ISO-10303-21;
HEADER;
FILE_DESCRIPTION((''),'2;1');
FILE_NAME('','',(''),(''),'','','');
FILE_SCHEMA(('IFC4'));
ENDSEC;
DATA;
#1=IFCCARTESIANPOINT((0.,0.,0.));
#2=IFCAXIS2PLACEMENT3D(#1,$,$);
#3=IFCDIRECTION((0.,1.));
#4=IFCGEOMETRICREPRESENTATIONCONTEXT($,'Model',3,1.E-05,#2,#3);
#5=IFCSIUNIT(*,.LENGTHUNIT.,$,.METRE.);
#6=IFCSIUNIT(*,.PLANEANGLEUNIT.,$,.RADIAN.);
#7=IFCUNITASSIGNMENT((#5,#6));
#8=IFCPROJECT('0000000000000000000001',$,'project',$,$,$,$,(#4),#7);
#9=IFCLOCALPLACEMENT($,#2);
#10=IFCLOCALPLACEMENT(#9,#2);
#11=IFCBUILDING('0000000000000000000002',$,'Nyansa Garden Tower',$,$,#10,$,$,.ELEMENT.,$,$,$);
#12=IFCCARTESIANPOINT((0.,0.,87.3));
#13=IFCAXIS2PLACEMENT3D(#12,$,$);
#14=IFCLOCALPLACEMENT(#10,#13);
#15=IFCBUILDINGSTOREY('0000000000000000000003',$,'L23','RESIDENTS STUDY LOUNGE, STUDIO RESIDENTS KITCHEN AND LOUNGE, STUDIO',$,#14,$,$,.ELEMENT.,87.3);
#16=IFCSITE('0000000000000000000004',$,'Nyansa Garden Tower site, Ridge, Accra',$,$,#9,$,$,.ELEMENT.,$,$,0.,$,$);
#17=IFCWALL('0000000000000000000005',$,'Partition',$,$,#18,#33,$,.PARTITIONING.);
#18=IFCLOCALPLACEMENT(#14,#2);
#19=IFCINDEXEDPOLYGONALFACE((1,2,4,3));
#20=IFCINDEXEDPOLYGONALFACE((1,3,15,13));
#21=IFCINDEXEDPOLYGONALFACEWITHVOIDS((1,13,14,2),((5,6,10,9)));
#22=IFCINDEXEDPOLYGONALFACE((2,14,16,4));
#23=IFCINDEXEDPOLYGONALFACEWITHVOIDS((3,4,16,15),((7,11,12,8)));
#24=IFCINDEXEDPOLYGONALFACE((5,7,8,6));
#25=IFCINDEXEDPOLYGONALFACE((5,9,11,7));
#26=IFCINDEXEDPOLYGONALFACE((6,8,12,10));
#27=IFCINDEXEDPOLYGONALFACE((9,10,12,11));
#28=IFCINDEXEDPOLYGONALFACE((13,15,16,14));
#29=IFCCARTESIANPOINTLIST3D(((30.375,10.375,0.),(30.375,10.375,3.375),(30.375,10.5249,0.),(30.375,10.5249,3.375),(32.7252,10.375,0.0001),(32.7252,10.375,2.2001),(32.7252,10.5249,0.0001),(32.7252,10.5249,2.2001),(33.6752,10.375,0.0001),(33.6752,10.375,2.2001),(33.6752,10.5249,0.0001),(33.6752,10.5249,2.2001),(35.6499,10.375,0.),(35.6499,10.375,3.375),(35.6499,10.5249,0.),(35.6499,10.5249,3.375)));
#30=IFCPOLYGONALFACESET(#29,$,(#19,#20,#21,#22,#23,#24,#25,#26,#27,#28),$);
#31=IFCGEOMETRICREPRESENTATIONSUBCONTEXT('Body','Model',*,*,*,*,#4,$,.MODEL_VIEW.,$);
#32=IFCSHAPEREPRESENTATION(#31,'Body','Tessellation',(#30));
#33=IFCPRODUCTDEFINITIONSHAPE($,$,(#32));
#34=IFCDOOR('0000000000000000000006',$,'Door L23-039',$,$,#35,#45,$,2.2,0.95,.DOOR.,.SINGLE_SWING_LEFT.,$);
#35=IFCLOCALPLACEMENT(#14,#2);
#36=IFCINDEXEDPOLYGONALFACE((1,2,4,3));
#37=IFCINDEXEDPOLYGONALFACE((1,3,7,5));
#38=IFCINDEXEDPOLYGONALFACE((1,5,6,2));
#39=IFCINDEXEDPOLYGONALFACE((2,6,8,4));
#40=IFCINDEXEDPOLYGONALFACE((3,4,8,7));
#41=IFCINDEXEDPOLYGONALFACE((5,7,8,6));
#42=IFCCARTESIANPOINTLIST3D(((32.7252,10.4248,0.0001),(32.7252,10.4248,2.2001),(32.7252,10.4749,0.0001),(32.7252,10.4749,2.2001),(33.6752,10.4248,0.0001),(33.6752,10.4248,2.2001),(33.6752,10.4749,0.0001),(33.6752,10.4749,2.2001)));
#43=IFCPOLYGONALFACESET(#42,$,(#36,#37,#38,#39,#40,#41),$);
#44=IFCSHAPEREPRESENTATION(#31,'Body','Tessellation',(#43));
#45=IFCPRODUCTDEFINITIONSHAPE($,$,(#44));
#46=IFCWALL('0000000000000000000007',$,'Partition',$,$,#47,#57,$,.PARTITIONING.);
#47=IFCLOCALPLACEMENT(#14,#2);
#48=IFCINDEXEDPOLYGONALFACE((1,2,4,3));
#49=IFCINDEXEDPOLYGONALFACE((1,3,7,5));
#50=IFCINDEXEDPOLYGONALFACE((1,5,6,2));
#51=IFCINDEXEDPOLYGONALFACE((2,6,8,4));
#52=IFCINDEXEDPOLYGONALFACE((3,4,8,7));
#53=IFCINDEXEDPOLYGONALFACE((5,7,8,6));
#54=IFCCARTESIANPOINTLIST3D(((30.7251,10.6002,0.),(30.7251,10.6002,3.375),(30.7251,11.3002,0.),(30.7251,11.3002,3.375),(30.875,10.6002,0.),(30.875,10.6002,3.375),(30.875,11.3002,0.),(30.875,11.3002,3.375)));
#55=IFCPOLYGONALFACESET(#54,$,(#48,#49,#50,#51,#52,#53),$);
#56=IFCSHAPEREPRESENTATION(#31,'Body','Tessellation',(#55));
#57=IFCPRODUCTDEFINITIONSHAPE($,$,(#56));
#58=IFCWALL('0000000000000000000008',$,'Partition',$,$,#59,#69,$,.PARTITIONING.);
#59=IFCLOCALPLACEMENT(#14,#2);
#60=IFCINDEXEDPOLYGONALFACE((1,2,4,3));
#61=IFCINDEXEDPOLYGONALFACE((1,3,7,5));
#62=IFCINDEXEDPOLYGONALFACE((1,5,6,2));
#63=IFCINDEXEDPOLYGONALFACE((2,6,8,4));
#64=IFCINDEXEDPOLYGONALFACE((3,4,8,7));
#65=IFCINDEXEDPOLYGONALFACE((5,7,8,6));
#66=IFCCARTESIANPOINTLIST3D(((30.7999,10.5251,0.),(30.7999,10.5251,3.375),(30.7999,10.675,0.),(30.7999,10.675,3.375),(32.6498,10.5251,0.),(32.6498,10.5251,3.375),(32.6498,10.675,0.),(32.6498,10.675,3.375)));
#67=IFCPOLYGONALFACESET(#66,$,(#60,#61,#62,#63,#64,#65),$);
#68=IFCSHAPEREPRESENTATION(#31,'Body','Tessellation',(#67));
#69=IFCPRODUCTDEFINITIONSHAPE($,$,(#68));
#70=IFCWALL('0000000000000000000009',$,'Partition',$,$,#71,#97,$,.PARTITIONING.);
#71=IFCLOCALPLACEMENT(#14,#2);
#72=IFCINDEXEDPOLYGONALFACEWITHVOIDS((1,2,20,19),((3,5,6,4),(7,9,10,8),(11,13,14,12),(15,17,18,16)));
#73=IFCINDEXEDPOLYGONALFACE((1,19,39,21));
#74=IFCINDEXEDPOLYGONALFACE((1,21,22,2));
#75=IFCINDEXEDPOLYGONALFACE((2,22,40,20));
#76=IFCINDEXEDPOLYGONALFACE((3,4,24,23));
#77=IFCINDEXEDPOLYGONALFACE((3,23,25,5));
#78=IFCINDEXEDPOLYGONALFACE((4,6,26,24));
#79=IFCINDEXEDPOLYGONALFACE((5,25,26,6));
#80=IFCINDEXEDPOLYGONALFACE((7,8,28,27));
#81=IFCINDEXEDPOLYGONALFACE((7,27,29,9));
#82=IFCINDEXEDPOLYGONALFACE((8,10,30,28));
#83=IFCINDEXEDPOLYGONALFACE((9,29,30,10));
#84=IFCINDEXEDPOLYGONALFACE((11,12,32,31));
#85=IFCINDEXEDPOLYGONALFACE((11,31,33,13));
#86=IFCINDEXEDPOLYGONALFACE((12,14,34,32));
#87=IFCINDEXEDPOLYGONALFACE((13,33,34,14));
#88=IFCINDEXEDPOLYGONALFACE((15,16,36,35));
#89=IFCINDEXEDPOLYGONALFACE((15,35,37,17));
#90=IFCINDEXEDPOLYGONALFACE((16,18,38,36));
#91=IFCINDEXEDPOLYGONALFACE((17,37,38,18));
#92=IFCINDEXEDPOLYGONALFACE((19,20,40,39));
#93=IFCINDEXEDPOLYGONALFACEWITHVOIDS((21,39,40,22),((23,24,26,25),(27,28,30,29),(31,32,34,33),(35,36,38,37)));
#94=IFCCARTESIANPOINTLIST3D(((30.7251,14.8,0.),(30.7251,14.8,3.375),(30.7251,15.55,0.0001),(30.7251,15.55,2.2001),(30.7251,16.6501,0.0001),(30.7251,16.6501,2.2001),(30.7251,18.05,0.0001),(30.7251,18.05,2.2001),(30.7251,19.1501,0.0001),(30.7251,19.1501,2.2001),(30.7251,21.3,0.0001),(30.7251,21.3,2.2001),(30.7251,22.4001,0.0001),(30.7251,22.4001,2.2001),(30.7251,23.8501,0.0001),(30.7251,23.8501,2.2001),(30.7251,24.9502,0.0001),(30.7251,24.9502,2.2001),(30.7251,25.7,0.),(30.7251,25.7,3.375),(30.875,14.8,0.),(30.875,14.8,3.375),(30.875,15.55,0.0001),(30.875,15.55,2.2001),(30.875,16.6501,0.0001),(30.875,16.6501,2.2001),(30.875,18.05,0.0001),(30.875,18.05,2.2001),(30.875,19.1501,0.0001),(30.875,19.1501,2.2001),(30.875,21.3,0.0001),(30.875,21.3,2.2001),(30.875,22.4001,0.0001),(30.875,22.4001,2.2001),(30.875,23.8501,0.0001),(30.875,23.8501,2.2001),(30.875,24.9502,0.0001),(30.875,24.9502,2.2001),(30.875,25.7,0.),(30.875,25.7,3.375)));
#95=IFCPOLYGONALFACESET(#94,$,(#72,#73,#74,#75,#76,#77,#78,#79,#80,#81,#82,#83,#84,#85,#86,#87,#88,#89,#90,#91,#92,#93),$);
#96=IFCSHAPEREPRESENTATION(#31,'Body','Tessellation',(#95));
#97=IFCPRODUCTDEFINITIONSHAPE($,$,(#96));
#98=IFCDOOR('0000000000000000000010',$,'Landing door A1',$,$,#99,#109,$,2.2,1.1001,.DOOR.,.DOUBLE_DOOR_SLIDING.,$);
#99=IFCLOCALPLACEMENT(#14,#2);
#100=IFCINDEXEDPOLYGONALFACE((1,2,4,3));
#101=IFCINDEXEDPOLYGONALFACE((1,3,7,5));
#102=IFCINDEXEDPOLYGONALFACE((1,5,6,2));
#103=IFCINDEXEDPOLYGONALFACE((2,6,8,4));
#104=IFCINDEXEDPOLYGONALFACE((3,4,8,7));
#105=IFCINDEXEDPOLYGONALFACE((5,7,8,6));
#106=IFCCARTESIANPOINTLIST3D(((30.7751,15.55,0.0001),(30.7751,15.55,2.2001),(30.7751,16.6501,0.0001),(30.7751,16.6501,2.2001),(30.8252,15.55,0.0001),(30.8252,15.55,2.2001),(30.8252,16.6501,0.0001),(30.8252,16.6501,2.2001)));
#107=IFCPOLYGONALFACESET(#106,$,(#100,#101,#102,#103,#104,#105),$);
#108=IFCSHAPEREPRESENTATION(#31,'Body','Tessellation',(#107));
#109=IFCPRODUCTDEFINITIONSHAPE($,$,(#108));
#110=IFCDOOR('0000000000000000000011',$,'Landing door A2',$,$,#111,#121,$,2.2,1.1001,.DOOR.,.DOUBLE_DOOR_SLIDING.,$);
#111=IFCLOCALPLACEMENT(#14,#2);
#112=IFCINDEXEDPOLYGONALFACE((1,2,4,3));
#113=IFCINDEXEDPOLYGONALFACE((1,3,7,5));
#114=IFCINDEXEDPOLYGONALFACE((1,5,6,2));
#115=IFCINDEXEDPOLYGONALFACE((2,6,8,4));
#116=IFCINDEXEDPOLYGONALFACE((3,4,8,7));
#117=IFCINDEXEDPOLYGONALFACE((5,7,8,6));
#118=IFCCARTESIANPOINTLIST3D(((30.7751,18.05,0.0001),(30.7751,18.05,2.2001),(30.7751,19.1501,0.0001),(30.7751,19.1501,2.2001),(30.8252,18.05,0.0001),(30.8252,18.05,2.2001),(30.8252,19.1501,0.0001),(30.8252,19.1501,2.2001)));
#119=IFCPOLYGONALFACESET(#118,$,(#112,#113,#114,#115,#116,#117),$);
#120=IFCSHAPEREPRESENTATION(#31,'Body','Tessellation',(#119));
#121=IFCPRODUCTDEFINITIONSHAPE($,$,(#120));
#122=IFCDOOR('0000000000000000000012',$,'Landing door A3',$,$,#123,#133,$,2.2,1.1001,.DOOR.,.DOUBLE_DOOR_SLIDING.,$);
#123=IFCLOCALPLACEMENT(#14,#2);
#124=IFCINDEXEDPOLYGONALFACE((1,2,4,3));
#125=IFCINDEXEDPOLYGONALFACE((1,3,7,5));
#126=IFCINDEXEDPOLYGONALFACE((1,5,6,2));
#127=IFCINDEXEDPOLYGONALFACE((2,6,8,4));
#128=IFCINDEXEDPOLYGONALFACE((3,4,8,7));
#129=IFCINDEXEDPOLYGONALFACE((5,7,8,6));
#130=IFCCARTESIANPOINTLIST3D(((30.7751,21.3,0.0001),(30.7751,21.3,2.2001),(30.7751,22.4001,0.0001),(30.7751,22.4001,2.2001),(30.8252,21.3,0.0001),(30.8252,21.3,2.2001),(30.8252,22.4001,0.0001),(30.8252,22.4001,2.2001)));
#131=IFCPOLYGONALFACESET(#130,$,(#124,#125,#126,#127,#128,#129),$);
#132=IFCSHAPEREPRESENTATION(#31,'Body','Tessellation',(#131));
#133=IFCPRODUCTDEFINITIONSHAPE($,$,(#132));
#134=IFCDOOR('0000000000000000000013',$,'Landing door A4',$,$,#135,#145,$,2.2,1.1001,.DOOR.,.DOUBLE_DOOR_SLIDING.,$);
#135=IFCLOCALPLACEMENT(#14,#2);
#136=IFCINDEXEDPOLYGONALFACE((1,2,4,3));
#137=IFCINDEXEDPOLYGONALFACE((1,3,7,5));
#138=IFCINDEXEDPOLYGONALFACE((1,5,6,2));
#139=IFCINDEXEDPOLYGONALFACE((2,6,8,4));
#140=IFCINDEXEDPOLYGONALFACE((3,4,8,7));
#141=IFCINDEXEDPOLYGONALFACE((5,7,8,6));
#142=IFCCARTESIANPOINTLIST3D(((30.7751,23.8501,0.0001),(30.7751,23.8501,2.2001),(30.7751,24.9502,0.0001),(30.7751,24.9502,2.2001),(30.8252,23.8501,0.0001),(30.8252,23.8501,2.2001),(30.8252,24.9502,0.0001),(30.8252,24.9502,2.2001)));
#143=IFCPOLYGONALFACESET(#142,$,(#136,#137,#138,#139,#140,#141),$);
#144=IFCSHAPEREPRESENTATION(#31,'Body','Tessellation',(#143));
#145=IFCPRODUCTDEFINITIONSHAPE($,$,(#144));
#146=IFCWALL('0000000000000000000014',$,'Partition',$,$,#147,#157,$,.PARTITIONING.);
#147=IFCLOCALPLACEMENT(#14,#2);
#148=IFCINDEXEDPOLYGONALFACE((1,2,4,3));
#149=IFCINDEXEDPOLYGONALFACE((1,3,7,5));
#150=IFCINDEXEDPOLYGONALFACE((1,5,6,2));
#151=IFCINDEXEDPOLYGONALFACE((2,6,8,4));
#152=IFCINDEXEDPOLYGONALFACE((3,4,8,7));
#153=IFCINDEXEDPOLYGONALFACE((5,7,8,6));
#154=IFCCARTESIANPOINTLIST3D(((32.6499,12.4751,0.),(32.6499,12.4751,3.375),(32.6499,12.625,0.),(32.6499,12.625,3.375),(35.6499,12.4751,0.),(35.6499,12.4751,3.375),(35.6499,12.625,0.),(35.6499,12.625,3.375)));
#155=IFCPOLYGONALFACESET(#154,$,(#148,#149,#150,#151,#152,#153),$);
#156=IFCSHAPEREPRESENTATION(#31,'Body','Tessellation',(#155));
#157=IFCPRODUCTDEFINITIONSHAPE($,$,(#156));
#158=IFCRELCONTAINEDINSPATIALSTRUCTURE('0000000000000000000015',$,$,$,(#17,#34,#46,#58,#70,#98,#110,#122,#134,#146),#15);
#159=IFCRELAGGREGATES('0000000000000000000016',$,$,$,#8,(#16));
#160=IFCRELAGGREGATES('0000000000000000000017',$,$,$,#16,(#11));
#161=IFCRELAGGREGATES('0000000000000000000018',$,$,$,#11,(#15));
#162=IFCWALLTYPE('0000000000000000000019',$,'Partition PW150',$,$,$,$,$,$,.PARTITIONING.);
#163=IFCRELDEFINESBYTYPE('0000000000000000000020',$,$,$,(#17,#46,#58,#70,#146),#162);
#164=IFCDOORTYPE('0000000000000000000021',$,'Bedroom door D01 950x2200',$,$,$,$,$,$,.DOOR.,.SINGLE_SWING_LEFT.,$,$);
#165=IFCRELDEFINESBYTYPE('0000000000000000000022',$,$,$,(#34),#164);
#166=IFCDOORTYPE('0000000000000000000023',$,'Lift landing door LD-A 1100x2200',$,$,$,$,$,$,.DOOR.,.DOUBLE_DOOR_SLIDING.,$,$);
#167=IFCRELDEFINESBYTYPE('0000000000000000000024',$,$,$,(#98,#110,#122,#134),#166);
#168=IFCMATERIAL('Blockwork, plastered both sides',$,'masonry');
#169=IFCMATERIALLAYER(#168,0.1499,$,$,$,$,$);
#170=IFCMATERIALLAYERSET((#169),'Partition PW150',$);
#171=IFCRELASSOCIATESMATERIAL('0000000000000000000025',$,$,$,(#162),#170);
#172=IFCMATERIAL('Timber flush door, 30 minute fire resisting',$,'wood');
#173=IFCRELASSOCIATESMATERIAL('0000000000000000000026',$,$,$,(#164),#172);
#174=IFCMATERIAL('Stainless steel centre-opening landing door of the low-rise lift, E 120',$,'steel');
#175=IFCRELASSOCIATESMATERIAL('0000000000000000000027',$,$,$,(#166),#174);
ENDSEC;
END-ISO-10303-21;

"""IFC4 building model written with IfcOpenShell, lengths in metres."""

from ifc_helpers import new_model, si_unit, direction, frame, frame_2d, origin, place, context, subcontext, project, spatial, rectangle, extrude, material, layer, layer_set, type_object, element, fill, save


model = new_model("IFC4")

# Units and contexts
model_context = context("Model", 3, precision=1e-05, world=origin(), true_north=direction((0.0, 1.0)))
body_context = subcontext(model_context, "Body", "Model", "MODEL_VIEW")
ifc_project = project(units=[si_unit("LENGTHUNIT", "METRE"), si_unit("PLANEANGLEUNIT", "RADIAN")], contexts=[model_context])

# Site, building, storey
site_placement = place(None, origin())
site = spatial("IfcSite", under=ifc_project, at=site_placement, Name="Nyansa Garden Tower site, Ridge, Accra", CompositionType="ELEMENT", RefElevation=0.0)
building_placement = place(site_placement, origin())
building = spatial("IfcBuilding", under=site, at=building_placement, Name="Nyansa Garden Tower", CompositionType="ELEMENT")
storey_placement = place(building_placement, frame((0.0, 0.0, 87.3)))
storey = spatial("IfcBuildingStorey", under=building, at=storey_placement, Name="L23", Description="RESIDENTS STUDY LOUNGE, STUDIO RESIDENTS KITCHEN AND LOUNGE, STUDIO", CompositionType="ELEMENT", Elevation=87.3)

# Shared definitions
ifc_material_1 = material(Name="Blockwork, plastered both sides", Category="masonry")
ifc_layer_1 = layer(ifc_material_1, 0.1499)
ifc_layer_set_1 = layer_set([ifc_layer_1], Name="Partition PW150")
wall_type_1 = type_object("IfcWallType", Name="Partition PW150", PredefinedType="PARTITIONING", material=ifc_layer_set_1)

# Wall, opening, door
wall_1_placement = place(storey_placement, frame((30.375, 10.45, 0.0), z_axis=(0.0, 0.0, 1.0), x_axis=(1.0, 0.0, 0.0)))
wall_1 = element("IfcWall", 1, at=wall_1_placement, inside=storey, type_object=wall_type_1, Name="Partition", PredefinedType="PARTITIONING", context=body_context, shape_type="SweptSolid", body=[
    extrude(rectangle(XDim=5.2749, YDim=0.1499, at=frame_2d((2.6375, 0.0))), origin(), (0.0, 0.0, 1.0), 3.375),
])
opening_1_placement = place(wall_1_placement, frame((2.3501, 0.0, 0.0)))
opening_1 = element("IfcOpeningElement", 2, at=opening_1_placement, cuts=wall_1, PredefinedType="OPENING", context=body_context, shape_type="SweptSolid", body=[
    extrude(rectangle(XDim=0.95, YDim=2.2, at=frame_2d((0.4751, 1.1001))), frame((0.0, 0.085, 0.0), z_axis=(0.0, -1.0, 0.0), x_axis=(1.0, 0.0, 0.0)), (0.0, 0.0, 1.0), 0.1699),
])
ifc_material_2 = material(Name="Timber flush door, 30 minute fire resisting", Category="wood")
door_type_1 = type_object("IfcDoorType", Name="Bedroom door D01 950x2200", OperationType="SINGLE_SWING_LEFT", PredefinedType="DOOR", material=ifc_material_2)
door_1_placement = place(opening_1_placement, origin())
door_1 = element("IfcDoor", 3, at=door_1_placement, inside=storey, type_object=door_type_1, Name="Door L23-039", OperationType="SINGLE_SWING_LEFT", OverallHeight=2.2, OverallWidth=0.95, PredefinedType="DOOR", context=body_context, shape_type="SweptSolid", body=[
    extrude(rectangle(XDim=0.95, YDim=2.2, at=frame_2d((0.4751, 1.1001))), frame((0.0, 0.0249, 0.0), z_axis=(0.0, -1.0, 0.0), x_axis=(1.0, 0.0, 0.0)), (0.0, 0.0, 1.0), 0.05),
])
fill(opening_1, door_1)

# Walls
wall_2_placement = place(storey_placement, frame((30.8, 10.6001, 0.0), z_axis=(0.0, 0.0, 1.0), x_axis=(0.0, 1.0, 0.0)))
element("IfcWall", 4, at=wall_2_placement, inside=storey, type_object=wall_type_1, Name="Partition", PredefinedType="PARTITIONING", context=body_context, shape_type="SweptSolid", body=[
    extrude(rectangle(XDim=0.7, YDim=0.1499, at=frame_2d((0.3501, 0.0))), origin(), (0.0, 0.0, 1.0), 3.375),
])
wall_3_placement = place(storey_placement, frame((30.8, 10.6001, 0.0), z_axis=(0.0, 0.0, 1.0), x_axis=(1.0, 0.0, 0.0)))
element("IfcWall", 5, at=wall_3_placement, inside=storey, type_object=wall_type_1, Name="Partition", PredefinedType="PARTITIONING", context=body_context, shape_type="SweptSolid", body=[
    extrude(rectangle(XDim=1.8499, YDim=0.1499, at=frame_2d((0.9248, 0.0))), origin(), (0.0, 0.0, 1.0), 3.375),
])

# Wall, openings, doors
wall_4_placement = place(storey_placement, frame((30.8, 14.8, 0.0), z_axis=(0.0, 0.0, 1.0), x_axis=(0.0, 1.0, 0.0)))
wall_4 = element("IfcWall", 6, at=wall_4_placement, inside=storey, type_object=wall_type_1, Name="Partition", PredefinedType="PARTITIONING", context=body_context, shape_type="SweptSolid", body=[
    extrude(rectangle(XDim=10.8999, YDim=0.1499, at=frame_2d((5.45, 0.0))), origin(), (0.0, 0.0, 1.0), 3.375),
])
opening_2_placement = place(wall_4_placement, frame((0.75, 0.0, 0.0)))
opening_2 = element("IfcOpeningElement", 7, at=opening_2_placement, cuts=wall_4, PredefinedType="OPENING", context=body_context, shape_type="SweptSolid", body=[
    extrude(rectangle(XDim=1.1001, YDim=2.2, at=frame_2d((0.55, 1.1001))), frame((0.0, 0.085, 0.0), z_axis=(0.0, -1.0, 0.0), x_axis=(1.0, 0.0, 0.0)), (0.0, 0.0, 1.0), 0.1699),
])
opening_3_placement = place(wall_4_placement, frame((3.25, 0.0, 0.0)))
opening_3 = element("IfcOpeningElement", 8, at=opening_3_placement, cuts=wall_4, PredefinedType="OPENING", context=body_context, shape_type="SweptSolid", body=[
    extrude(rectangle(XDim=1.1001, YDim=2.2, at=frame_2d((0.55, 1.1001))), frame((0.0, 0.085, 0.0), z_axis=(0.0, -1.0, 0.0), x_axis=(1.0, 0.0, 0.0)), (0.0, 0.0, 1.0), 0.1699),
])
opening_4_placement = place(wall_4_placement, frame((6.5, 0.0, 0.0)))
opening_4 = element("IfcOpeningElement", 9, at=opening_4_placement, cuts=wall_4, PredefinedType="OPENING", context=body_context, shape_type="SweptSolid", body=[
    extrude(rectangle(XDim=1.1001, YDim=2.2, at=frame_2d((0.55, 1.1001))), frame((0.0, 0.085, 0.0), z_axis=(0.0, -1.0, 0.0), x_axis=(1.0, 0.0, 0.0)), (0.0, 0.0, 1.0), 0.1699),
])
opening_5_placement = place(wall_4_placement, frame((9.05, 0.0, 0.0)))
opening_5 = element("IfcOpeningElement", 10, at=opening_5_placement, cuts=wall_4, PredefinedType="OPENING", context=body_context, shape_type="SweptSolid", body=[
    extrude(rectangle(XDim=1.1001, YDim=2.2, at=frame_2d((0.55, 1.1001))), frame((0.0, 0.085, 0.0), z_axis=(0.0, -1.0, 0.0), x_axis=(1.0, 0.0, 0.0)), (0.0, 0.0, 1.0), 0.1699),
])
ifc_material_3 = material(Name="Stainless steel centre-opening landing door of the low-rise lift, E 120", Category="steel")
door_type_2 = type_object("IfcDoorType", Name="Lift landing door LD-A 1100x2200", OperationType="DOUBLE_DOOR_SLIDING", PredefinedType="DOOR", material=ifc_material_3)
door_2_placement = place(opening_2_placement, origin())
door_2 = element("IfcDoor", 11, at=door_2_placement, inside=storey, type_object=door_type_2, Name="Landing door A1", OperationType="DOUBLE_DOOR_SLIDING", OverallHeight=2.2, OverallWidth=1.1001, PredefinedType="DOOR", context=body_context, shape_type="SweptSolid", body=[
    extrude(rectangle(XDim=1.1001, YDim=2.2, at=frame_2d((0.55, 1.1001))), frame((0.0, 0.0249, 0.0), z_axis=(0.0, -1.0, 0.0), x_axis=(1.0, 0.0, 0.0)), (0.0, 0.0, 1.0), 0.05),
])
fill(opening_2, door_2)
door_3_placement = place(opening_3_placement, origin())
door_3 = element("IfcDoor", 12, at=door_3_placement, inside=storey, type_object=door_type_2, Name="Landing door A2", OperationType="DOUBLE_DOOR_SLIDING", OverallHeight=2.2, OverallWidth=1.1001, PredefinedType="DOOR", context=body_context, shape_type="SweptSolid", body=[
    extrude(rectangle(XDim=1.1001, YDim=2.2, at=frame_2d((0.55, 1.1001))), frame((0.0, 0.0249, 0.0), z_axis=(0.0, -1.0, 0.0), x_axis=(1.0, 0.0, 0.0)), (0.0, 0.0, 1.0), 0.05),
])
fill(opening_3, door_3)
door_4_placement = place(opening_4_placement, origin())
door_4 = element("IfcDoor", 13, at=door_4_placement, inside=storey, type_object=door_type_2, Name="Landing door A3", OperationType="DOUBLE_DOOR_SLIDING", OverallHeight=2.2, OverallWidth=1.1001, PredefinedType="DOOR", context=body_context, shape_type="SweptSolid", body=[
    extrude(rectangle(XDim=1.1001, YDim=2.2, at=frame_2d((0.55, 1.1001))), frame((0.0, 0.0249, 0.0), z_axis=(0.0, -1.0, 0.0), x_axis=(1.0, 0.0, 0.0)), (0.0, 0.0, 1.0), 0.05),
])
fill(opening_4, door_4)
door_5_placement = place(opening_5_placement, origin())
door_5 = element("IfcDoor", 14, at=door_5_placement, inside=storey, type_object=door_type_2, Name="Landing door A4", OperationType="DOUBLE_DOOR_SLIDING", OverallHeight=2.2, OverallWidth=1.1001, PredefinedType="DOOR", context=body_context, shape_type="SweptSolid", body=[
    extrude(rectangle(XDim=1.1001, YDim=2.2, at=frame_2d((0.55, 1.1001))), frame((0.0, 0.0249, 0.0), z_axis=(0.0, -1.0, 0.0), x_axis=(1.0, 0.0, 0.0)), (0.0, 0.0, 1.0), 0.05),
])
fill(opening_5, door_5)

# Wall
wall_5_placement = place(storey_placement, frame((32.6499, 12.55, 0.0), z_axis=(0.0, 0.0, 1.0), x_axis=(1.0, 0.0, 0.0)))
element("IfcWall", 15, at=wall_5_placement, inside=storey, type_object=wall_type_1, Name="Partition", PredefinedType="PARTITIONING", context=body_context, shape_type="SweptSolid", body=[
    extrude(rectangle(XDim=3.0, YDim=0.1499, at=frame_2d((1.5, 0.0))), origin(), (0.0, 0.0, 1.0), 3.375),
])

save(model, "model.ifc")
